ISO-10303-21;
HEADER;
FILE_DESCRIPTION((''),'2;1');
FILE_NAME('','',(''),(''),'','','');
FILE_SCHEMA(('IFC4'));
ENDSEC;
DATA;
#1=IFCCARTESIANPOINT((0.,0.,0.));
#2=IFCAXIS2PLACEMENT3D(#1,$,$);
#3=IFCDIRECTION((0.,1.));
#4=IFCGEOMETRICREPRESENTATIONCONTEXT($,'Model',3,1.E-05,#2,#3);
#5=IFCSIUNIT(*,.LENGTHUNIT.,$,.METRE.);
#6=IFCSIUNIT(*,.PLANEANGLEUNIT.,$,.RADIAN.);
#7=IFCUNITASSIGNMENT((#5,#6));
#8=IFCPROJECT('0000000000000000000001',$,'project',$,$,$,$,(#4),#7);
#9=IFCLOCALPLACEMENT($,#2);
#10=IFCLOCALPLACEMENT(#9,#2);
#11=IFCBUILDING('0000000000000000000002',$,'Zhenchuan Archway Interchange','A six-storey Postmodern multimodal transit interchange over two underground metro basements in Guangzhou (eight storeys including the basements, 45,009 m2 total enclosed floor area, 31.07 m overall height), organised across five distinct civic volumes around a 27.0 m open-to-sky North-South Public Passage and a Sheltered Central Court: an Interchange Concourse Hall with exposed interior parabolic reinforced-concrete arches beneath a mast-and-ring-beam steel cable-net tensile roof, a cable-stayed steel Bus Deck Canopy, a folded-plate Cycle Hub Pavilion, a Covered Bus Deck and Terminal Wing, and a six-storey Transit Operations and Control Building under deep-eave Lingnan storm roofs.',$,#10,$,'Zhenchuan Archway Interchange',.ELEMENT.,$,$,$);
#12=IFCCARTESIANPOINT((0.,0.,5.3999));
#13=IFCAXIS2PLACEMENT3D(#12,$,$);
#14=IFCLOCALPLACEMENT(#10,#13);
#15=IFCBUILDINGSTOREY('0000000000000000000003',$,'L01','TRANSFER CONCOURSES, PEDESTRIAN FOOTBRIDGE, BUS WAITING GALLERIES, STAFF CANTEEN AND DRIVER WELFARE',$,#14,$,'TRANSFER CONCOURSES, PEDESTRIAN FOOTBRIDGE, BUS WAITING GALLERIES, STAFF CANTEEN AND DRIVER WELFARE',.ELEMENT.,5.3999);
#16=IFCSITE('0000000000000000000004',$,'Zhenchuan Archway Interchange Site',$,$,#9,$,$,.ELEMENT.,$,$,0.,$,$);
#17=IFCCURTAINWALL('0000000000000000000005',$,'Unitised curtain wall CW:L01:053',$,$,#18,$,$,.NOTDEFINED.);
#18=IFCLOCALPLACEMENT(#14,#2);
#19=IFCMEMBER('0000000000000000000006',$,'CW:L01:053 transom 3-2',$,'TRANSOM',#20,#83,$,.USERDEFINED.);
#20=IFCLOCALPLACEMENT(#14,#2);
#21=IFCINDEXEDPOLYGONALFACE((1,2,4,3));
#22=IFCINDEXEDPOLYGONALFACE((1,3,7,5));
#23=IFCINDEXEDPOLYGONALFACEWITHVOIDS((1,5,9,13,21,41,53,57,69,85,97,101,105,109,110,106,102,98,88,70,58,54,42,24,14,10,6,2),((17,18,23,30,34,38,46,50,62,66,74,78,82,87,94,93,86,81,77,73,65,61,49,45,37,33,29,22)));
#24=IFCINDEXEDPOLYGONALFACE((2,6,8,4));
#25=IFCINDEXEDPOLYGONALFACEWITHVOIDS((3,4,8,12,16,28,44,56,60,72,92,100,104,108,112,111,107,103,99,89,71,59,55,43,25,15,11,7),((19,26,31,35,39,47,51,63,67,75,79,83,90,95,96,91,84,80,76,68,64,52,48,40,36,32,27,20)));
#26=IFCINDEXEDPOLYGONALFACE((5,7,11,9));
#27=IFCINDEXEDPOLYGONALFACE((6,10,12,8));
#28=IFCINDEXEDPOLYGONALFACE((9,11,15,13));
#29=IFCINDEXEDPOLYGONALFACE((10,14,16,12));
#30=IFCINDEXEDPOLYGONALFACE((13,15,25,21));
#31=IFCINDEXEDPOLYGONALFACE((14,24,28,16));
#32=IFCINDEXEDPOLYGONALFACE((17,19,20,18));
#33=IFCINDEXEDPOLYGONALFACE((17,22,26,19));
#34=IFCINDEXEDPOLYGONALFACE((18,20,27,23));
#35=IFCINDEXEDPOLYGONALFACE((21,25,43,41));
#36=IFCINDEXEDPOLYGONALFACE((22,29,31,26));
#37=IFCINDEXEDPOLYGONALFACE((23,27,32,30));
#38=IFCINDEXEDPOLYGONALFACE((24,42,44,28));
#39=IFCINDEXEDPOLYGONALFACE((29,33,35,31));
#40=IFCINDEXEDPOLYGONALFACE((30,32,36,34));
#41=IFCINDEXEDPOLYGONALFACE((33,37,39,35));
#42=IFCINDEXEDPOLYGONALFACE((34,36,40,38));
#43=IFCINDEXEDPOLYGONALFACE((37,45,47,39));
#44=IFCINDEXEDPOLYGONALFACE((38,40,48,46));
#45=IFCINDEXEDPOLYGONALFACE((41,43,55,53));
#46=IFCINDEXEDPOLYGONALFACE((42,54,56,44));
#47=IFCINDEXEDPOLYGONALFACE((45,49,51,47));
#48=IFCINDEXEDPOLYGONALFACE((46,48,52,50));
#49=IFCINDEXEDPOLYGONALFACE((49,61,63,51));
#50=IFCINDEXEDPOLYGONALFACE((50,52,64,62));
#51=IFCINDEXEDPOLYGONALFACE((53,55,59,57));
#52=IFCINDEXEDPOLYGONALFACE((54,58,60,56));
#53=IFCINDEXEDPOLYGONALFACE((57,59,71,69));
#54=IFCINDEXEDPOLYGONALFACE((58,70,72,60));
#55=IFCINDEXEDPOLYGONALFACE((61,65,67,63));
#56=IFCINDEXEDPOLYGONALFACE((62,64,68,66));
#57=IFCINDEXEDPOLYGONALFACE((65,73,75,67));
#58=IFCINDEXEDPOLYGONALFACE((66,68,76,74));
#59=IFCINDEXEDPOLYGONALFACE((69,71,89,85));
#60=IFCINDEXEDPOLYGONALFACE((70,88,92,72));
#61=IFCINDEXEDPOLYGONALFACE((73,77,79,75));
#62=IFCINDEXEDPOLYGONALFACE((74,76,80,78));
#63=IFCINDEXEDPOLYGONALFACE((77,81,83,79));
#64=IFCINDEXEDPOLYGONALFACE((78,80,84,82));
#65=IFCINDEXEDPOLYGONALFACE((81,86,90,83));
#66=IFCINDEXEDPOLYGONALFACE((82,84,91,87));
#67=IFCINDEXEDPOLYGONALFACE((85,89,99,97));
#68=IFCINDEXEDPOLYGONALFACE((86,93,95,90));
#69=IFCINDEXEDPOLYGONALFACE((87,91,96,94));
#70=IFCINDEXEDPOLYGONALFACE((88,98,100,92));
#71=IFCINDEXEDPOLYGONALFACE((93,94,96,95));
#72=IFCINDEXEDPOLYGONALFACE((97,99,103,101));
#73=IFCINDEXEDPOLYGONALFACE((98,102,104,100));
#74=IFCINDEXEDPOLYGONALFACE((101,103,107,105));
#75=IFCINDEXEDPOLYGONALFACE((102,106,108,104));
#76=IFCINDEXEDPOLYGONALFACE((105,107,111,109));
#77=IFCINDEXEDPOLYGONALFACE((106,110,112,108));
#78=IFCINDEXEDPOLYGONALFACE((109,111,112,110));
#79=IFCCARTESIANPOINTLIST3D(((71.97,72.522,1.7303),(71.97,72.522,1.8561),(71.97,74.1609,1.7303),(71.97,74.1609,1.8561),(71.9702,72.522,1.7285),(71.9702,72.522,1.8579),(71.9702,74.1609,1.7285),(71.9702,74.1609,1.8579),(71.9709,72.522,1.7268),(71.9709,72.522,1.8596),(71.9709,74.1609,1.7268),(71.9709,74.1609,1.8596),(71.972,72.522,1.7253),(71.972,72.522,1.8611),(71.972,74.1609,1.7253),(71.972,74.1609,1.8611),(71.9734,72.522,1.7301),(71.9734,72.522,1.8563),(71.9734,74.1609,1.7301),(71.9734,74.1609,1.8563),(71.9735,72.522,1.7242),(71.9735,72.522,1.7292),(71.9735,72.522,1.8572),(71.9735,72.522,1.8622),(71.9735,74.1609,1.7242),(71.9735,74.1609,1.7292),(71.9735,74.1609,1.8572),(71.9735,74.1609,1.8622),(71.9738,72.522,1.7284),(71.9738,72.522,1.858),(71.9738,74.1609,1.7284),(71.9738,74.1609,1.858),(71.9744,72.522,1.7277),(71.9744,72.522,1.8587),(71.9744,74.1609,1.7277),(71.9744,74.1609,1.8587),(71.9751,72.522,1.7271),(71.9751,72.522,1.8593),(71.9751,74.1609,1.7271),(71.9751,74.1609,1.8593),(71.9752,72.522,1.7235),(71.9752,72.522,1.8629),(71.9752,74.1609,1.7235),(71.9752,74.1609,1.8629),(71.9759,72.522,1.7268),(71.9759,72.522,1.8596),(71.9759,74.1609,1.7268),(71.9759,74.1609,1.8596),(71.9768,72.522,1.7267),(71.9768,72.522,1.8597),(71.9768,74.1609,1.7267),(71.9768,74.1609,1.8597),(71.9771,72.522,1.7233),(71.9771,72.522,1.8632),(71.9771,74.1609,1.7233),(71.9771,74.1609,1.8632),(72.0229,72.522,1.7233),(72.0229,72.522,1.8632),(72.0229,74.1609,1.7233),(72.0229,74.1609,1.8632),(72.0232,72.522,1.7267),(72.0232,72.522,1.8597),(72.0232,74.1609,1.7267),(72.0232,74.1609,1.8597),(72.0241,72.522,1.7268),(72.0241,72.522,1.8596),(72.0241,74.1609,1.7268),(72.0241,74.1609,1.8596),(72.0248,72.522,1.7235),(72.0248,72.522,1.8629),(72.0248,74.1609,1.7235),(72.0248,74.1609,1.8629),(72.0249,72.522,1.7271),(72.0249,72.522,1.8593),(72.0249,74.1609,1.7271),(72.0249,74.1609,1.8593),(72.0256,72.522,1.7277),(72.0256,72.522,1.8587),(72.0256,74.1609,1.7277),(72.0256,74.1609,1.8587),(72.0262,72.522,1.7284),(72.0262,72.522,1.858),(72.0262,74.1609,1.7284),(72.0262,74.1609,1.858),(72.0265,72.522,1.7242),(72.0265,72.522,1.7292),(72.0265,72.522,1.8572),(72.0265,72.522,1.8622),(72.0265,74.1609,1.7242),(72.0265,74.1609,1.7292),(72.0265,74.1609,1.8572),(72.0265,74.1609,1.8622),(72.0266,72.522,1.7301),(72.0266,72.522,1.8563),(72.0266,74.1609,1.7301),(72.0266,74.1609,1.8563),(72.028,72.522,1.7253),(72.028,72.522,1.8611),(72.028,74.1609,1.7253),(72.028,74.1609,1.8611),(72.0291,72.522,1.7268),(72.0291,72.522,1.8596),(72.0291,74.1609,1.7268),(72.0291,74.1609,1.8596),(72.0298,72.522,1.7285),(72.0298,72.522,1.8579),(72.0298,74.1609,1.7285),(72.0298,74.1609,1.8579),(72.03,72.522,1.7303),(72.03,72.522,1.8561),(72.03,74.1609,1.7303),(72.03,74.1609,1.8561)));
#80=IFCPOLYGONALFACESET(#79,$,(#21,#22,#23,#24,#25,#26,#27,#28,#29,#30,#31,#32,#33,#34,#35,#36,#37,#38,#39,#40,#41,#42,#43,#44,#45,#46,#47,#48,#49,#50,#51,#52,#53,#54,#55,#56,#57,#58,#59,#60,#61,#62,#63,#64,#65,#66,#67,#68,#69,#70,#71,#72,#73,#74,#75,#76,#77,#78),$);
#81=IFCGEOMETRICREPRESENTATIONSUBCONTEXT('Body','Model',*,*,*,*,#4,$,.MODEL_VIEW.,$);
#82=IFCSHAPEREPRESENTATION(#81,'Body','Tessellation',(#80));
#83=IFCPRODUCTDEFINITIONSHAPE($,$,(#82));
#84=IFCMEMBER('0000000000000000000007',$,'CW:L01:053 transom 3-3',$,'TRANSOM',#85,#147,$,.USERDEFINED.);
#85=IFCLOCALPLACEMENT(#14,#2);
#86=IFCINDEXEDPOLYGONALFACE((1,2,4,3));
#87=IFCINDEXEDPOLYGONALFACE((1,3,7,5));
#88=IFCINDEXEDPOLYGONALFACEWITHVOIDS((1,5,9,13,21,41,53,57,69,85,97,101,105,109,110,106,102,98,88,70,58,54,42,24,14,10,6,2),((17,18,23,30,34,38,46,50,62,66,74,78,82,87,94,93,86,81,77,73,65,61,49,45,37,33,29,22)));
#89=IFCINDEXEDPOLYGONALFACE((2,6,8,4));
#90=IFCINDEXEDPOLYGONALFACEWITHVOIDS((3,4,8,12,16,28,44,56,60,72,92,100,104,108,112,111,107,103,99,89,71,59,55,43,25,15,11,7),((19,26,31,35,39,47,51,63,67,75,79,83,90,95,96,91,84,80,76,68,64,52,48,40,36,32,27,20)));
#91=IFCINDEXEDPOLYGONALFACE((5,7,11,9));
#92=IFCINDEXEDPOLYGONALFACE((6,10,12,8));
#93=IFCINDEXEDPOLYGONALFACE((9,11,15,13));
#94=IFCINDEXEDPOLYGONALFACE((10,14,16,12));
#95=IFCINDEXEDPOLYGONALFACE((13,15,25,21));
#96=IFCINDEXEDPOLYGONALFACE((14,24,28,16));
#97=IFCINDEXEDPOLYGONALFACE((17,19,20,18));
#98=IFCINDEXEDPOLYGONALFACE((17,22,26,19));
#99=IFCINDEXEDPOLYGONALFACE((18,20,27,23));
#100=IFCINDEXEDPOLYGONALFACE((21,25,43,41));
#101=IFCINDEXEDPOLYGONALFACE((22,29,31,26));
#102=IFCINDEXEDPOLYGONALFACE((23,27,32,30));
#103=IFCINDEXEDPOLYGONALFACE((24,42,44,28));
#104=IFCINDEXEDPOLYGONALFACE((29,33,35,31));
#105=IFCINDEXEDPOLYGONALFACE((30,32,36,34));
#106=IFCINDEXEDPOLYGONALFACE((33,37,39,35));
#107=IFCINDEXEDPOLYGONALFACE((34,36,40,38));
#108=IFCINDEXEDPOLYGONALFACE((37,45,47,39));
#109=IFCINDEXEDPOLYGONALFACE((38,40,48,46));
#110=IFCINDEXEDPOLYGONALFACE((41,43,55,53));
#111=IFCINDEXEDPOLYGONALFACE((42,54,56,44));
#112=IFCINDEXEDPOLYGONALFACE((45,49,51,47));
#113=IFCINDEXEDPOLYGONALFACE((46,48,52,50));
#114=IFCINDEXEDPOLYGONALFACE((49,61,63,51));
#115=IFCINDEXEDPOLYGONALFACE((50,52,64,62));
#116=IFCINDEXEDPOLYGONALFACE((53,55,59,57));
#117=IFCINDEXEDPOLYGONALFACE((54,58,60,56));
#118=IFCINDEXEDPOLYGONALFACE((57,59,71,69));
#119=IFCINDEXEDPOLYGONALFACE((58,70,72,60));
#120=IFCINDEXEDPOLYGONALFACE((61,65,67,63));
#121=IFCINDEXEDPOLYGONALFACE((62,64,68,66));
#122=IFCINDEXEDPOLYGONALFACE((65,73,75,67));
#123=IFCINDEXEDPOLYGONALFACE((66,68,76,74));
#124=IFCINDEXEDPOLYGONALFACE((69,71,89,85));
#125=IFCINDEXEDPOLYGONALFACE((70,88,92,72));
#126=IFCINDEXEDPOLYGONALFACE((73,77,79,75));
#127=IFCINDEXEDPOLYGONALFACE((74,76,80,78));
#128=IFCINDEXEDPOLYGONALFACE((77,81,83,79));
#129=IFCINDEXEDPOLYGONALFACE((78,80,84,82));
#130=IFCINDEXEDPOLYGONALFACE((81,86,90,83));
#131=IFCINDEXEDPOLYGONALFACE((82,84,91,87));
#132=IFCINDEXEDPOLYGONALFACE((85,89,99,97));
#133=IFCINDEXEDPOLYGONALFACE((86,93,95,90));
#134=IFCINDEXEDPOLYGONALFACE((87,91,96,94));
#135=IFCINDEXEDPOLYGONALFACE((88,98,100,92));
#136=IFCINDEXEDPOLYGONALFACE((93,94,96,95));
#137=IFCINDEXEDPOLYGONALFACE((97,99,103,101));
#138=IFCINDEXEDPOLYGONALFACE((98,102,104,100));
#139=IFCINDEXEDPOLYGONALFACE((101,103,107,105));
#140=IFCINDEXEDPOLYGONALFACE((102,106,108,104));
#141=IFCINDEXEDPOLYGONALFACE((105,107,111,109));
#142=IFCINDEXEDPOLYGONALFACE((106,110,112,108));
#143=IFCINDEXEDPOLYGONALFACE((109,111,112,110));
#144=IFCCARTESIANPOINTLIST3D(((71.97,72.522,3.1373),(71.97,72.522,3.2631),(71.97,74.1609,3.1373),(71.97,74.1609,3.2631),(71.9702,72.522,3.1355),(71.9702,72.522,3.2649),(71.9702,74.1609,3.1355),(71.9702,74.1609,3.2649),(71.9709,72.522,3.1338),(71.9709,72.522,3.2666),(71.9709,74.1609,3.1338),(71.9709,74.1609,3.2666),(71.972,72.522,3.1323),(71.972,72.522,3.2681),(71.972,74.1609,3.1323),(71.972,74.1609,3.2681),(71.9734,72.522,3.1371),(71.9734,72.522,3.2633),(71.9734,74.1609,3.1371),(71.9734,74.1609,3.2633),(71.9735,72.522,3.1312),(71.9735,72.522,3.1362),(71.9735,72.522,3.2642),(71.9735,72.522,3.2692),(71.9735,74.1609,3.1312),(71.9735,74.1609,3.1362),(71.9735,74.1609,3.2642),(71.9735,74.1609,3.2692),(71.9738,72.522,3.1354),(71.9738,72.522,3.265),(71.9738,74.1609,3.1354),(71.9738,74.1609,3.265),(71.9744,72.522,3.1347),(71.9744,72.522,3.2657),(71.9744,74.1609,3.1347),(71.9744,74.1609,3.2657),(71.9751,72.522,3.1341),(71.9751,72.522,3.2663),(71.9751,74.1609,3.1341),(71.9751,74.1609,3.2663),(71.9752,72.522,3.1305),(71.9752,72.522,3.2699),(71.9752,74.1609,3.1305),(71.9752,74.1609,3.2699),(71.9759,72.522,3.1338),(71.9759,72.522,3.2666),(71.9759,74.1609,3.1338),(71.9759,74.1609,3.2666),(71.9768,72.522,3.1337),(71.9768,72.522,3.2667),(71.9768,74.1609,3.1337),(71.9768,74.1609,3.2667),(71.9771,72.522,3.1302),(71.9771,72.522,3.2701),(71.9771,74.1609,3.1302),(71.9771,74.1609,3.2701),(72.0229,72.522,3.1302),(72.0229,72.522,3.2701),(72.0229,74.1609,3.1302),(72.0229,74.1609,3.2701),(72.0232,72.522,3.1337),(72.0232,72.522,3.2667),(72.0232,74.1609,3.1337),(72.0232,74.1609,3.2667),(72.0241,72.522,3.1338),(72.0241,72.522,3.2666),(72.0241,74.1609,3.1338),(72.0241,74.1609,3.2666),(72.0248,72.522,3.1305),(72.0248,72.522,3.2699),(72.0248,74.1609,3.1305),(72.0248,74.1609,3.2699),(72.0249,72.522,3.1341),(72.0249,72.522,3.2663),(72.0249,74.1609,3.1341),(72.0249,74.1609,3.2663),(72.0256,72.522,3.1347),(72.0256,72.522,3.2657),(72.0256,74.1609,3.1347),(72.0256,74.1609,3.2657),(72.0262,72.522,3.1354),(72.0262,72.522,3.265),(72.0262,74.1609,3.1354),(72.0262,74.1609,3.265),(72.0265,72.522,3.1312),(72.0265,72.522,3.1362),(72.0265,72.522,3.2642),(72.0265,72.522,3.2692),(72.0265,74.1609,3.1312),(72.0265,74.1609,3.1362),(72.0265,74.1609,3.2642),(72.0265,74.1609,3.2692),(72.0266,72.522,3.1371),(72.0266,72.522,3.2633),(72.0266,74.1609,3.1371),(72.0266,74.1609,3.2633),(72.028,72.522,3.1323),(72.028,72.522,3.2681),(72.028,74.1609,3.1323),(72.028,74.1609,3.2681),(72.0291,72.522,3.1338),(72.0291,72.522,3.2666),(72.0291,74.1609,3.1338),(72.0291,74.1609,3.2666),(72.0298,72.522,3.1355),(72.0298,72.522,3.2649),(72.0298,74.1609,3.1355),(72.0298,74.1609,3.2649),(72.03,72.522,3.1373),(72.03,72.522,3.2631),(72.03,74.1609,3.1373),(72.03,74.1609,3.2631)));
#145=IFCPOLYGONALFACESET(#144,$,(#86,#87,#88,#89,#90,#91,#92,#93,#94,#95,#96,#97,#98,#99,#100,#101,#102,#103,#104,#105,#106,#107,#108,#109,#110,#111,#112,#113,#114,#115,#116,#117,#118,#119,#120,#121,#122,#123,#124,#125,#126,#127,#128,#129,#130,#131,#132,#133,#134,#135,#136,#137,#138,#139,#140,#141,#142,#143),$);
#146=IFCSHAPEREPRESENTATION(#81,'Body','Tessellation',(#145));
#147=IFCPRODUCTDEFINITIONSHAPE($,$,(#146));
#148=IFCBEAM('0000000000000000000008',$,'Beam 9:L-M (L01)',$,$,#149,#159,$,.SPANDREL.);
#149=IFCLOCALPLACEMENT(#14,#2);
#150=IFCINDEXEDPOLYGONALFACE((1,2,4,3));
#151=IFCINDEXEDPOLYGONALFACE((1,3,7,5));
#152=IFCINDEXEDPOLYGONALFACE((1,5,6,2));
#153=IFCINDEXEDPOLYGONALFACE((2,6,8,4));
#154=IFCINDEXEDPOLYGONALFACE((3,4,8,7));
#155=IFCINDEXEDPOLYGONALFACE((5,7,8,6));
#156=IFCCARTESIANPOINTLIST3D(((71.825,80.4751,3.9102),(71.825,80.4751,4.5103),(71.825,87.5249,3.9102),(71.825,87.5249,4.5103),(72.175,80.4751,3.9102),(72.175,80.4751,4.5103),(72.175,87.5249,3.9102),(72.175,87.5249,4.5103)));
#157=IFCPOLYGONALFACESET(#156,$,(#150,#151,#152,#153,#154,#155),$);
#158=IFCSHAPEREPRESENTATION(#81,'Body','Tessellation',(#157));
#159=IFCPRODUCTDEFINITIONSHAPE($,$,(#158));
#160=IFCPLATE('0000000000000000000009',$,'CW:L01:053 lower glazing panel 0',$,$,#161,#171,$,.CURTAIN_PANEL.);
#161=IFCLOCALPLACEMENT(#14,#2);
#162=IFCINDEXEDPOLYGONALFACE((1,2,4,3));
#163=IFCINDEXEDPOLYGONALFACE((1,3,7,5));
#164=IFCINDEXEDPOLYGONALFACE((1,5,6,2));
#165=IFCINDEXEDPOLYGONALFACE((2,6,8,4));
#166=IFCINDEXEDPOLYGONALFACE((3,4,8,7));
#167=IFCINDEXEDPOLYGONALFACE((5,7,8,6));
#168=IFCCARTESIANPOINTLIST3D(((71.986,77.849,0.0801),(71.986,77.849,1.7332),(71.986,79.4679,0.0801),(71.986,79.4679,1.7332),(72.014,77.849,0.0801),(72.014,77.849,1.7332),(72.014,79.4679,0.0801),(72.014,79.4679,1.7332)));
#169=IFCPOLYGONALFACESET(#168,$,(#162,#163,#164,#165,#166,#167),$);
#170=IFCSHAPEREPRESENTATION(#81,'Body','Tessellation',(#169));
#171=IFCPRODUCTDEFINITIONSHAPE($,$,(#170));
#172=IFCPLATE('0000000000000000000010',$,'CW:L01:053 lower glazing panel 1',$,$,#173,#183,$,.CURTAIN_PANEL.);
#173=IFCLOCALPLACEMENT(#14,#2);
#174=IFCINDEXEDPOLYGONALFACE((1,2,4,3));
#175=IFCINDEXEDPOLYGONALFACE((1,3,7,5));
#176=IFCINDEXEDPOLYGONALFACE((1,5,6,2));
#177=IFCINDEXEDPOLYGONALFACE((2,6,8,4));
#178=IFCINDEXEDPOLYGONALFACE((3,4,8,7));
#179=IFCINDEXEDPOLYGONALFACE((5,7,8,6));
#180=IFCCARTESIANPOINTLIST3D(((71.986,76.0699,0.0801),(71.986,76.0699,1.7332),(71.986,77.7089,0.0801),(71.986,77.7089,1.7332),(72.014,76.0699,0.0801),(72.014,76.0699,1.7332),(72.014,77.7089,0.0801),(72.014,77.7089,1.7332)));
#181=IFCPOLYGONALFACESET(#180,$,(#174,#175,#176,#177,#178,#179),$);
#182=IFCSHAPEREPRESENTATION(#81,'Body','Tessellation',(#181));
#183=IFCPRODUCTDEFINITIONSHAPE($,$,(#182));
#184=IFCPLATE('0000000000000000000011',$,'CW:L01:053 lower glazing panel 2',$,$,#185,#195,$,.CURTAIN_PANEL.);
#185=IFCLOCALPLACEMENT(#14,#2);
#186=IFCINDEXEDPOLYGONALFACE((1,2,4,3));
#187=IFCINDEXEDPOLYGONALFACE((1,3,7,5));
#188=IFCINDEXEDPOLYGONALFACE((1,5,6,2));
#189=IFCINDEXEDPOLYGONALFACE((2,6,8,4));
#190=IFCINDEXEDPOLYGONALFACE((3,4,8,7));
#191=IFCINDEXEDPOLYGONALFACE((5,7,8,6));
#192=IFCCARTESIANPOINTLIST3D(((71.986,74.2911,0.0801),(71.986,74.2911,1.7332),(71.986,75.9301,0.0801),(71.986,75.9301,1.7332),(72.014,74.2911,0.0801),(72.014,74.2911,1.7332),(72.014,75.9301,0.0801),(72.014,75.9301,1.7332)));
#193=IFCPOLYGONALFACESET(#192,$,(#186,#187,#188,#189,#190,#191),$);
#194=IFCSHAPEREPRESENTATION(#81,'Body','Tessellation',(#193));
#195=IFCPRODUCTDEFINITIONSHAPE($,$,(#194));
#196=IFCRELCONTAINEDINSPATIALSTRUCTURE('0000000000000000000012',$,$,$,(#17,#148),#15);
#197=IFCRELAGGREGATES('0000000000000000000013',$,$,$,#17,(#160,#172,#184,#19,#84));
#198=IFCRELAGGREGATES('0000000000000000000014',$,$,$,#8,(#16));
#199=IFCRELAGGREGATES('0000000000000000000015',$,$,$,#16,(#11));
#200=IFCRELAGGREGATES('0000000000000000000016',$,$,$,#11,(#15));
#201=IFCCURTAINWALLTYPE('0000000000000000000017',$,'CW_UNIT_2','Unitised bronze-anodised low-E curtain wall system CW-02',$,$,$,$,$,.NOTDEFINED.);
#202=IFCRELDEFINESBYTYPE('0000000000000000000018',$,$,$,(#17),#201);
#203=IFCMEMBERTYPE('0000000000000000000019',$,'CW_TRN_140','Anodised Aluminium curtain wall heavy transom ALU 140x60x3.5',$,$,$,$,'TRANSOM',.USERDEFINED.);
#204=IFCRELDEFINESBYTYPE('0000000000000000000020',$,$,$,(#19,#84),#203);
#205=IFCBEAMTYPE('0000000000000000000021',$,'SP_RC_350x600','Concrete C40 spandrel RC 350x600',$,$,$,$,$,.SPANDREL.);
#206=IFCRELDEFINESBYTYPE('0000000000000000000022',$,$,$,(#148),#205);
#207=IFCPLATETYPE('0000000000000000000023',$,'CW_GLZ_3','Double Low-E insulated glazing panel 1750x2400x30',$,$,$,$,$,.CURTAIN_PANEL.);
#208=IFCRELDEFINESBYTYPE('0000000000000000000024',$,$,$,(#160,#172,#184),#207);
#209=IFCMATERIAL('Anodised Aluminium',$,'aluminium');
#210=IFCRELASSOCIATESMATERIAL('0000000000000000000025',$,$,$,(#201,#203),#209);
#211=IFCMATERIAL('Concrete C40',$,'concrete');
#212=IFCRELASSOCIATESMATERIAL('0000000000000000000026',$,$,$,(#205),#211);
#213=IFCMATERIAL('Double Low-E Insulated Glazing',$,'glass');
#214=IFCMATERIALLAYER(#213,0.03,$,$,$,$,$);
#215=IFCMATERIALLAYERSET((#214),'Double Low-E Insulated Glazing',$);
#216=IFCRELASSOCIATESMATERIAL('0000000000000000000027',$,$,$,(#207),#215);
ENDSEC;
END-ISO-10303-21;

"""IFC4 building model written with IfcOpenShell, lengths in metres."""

from ifc_helpers import new_model, si_unit, direction, frame, origin, origin_2d, place, context, subcontext, project, spatial, rectangle, hollow_rectangle, extrude, material, layer, layer_set, material_profile, profile_set, type_object, element, aggregate, save


model = new_model("IFC4")

# Units and contexts
model_context = context("Model", 3, precision=1e-05, world=origin(), true_north=direction((0.0, 1.0)))
body_context = subcontext(model_context, "Body", "Model", "MODEL_VIEW")
ifc_project = project(units=[si_unit("LENGTHUNIT", "METRE"), si_unit("PLANEANGLEUNIT", "RADIAN")], contexts=[model_context])

# Site, building, storey
site_placement = place(None, origin())
site = spatial("IfcSite", under=ifc_project, at=site_placement, Name="Zhenchuan Archway Interchange Site", CompositionType="ELEMENT", RefElevation=0.0)
building_placement = place(site_placement, origin())
building = spatial("IfcBuilding", under=site, at=building_placement, Name="Zhenchuan Archway Interchange", Description="A six-storey Postmodern multimodal transit interchange over two underground metro basements in Guangzhou (eight storeys including the basements, 45,009 m2 total enclosed floor area, 31.07 m overall height), organised across five distinct civic volumes around a 27.0 m open-to-sky North-South Public Passage and a Sheltered Central Court: an Interchange Concourse Hall with exposed interior parabolic reinforced-concrete arches beneath a mast-and-ring-beam steel cable-net tensile roof, a cable-stayed steel Bus Deck Canopy, a folded-plate Cycle Hub Pavilion, a Covered Bus Deck and Terminal Wing, and a six-storey Transit Operations and Control Building under deep-eave Lingnan storm roofs.", LongName="Zhenchuan Archway Interchange", CompositionType="ELEMENT")
storey_placement = place(building_placement, frame((0.0, 0.0, 5.3999)))
storey = spatial("IfcBuildingStorey", under=building, at=storey_placement, Name="L01", Description="TRANSFER CONCOURSES, PEDESTRIAN FOOTBRIDGE, BUS WAITING GALLERIES, STAFF CANTEEN AND DRIVER WELFARE", LongName="TRANSFER CONCOURSES, PEDESTRIAN FOOTBRIDGE, BUS WAITING GALLERIES, STAFF CANTEEN AND DRIVER WELFARE", CompositionType="ELEMENT", Elevation=5.3999)

# Curtain wall, members
ifc_material_1 = material(Name="Anodised Aluminium", Category="aluminium")
curtain_wall_type = type_object("IfcCurtainWallType", Name="CW_UNIT_2", Description="Unitised bronze-anodised low-E curtain wall system CW-02", PredefinedType="NOTDEFINED", material=ifc_material_1)
curtain_wall_placement = place(storey_placement, origin())
curtain_wall = element("IfcCurtainWall", 1, at=curtain_wall_placement, inside=storey, type_object=curtain_wall_type, Name="Unitised curtain wall CW:L01:053", PredefinedType="NOTDEFINED")
ifc_material_profile_1 = material_profile(ifc_material_1, hollow_rectangle(XDim=0.0601, YDim=0.1399, WallThickness=0.0034, InnerFilletRadius=0.0034, OuterFilletRadius=0.0071, at=origin_2d()), Name="ALU 140x60x3.5")
ifc_profile_set_1 = profile_set([ifc_material_profile_1], Name="Anodised Aluminium")
member_type_1 = type_object("IfcMemberType", Name="CW_TRN_140", Description="Anodised Aluminium curtain wall heavy transom ALU 140x60x3.5", ElementType="TRANSOM", PredefinedType="USERDEFINED", material=ifc_profile_set_1)
member_1_placement = place(storey_placement, frame((72.0, 74.1609, 1.7932), z_axis=(0.0, -1.0, 0.0), x_axis=(1.0, 0.0, 0.0)))
member_1 = element("IfcMember", 2, at=member_1_placement, type_object=member_type_1, Name="CW:L01:053 transom 3-2", ObjectType="TRANSOM", PredefinedType="USERDEFINED", context=body_context, shape_type="SweptSolid", body=[
    extrude(hollow_rectangle(XDim=0.0601, YDim=0.1399, WallThickness=0.0034, InnerFilletRadius=0.0034, OuterFilletRadius=0.0071, at=origin_2d()), origin(), (0.0, 0.0, 1.0), 1.6389),
])
member_2_placement = place(storey_placement, frame((72.0, 74.1609, 3.2002), z_axis=(0.0, -1.0, 0.0), x_axis=(1.0, 0.0, 0.0)))
member_2 = element("IfcMember", 3, at=member_2_placement, type_object=member_type_1, Name="CW:L01:053 transom 3-3", ObjectType="TRANSOM", PredefinedType="USERDEFINED", context=body_context, shape_type="SweptSolid", body=[
    extrude(hollow_rectangle(XDim=0.0601, YDim=0.1399, WallThickness=0.0034, InnerFilletRadius=0.0034, OuterFilletRadius=0.0071, at=origin_2d()), origin(), (0.0, 0.0, 1.0), 1.6389),
])

# Beam
ifc_material_2 = material(Name="Concrete C40", Category="concrete")
ifc_material_profile_2 = material_profile(ifc_material_2, rectangle(XDim=0.3501, YDim=0.6001, at=origin_2d()), Name="RC 350x600")
ifc_profile_set_2 = profile_set([ifc_material_profile_2], Name="Concrete C40")
beam_type = type_object("IfcBeamType", Name="SP_RC_350x600", Description="Concrete C40 spandrel RC 350x600", PredefinedType="SPANDREL", material=ifc_profile_set_2)
beam_placement = place(storey_placement, frame((72.0, 80.4751, 4.2102), z_axis=(0.0, 1.0, 0.0), x_axis=(-1.0, 0.0, 0.0)))
element("IfcBeam", 4, at=beam_placement, inside=storey, type_object=beam_type, Name="Beam 9:L-M (L01)", PredefinedType="SPANDREL", context=body_context, shape_type="SweptSolid", body=[
    extrude(rectangle(XDim=0.3501, YDim=0.6001, at=origin_2d()), origin(), (0.0, 0.0, 1.0), 7.0498),
])

# Plates
ifc_material_3 = material(Name="Double Low-E Insulated Glazing", Category="glass")
ifc_layer_1 = layer(ifc_material_3, 0.03)
ifc_layer_set_1 = layer_set([ifc_layer_1], Name="Double Low-E Insulated Glazing")
plate_type_1 = type_object("IfcPlateType", Name="CW_GLZ_3", Description="Double Low-E insulated glazing panel 1750x2400x30", PredefinedType="CURTAIN_PANEL", material=ifc_layer_set_1)
plate_1_placement = place(storey_placement, frame((72.0, 78.6584, 0.0801), z_axis=(0.0, 0.0, 1.0), x_axis=(0.0, -1.0, 0.0)))
plate_1 = element("IfcPlate", 5, at=plate_1_placement, type_object=plate_type_1, Name="CW:L01:053 lower glazing panel 0", PredefinedType="CURTAIN_PANEL", context=body_context, shape_type="SweptSolid", body=[
    extrude(rectangle(XDim=1.6189, YDim=0.0281, at=origin_2d()), origin(), (0.0, 0.0, 1.0), 1.6531),
])
plate_2_placement = place(storey_placement, frame((72.0, 76.8894, 0.0801), z_axis=(0.0, 0.0, 1.0), x_axis=(0.0, -1.0, 0.0)))
plate_2 = element("IfcPlate", 6, at=plate_2_placement, type_object=plate_type_1, Name="CW:L01:053 lower glazing panel 1", PredefinedType="CURTAIN_PANEL", context=body_context, shape_type="SweptSolid", body=[
    extrude(rectangle(XDim=1.6389, YDim=0.0281, at=origin_2d()), origin(), (0.0, 0.0, 1.0), 1.6531),
])
plate_3_placement = place(storey_placement, frame((72.0, 75.1106, 0.0801), z_axis=(0.0, 0.0, 1.0), x_axis=(0.0, -1.0, 0.0)))
plate_3 = element("IfcPlate", 7, at=plate_3_placement, type_object=plate_type_1, Name="CW:L01:053 lower glazing panel 2", PredefinedType="CURTAIN_PANEL", context=body_context, shape_type="SweptSolid", body=[
    extrude(rectangle(XDim=1.6389, YDim=0.0281, at=origin_2d()), origin(), (0.0, 0.0, 1.0), 1.6531),
])
aggregate(curtain_wall, [plate_1, plate_2, plate_3, member_1, member_2])

save(model, "model.ifc")
